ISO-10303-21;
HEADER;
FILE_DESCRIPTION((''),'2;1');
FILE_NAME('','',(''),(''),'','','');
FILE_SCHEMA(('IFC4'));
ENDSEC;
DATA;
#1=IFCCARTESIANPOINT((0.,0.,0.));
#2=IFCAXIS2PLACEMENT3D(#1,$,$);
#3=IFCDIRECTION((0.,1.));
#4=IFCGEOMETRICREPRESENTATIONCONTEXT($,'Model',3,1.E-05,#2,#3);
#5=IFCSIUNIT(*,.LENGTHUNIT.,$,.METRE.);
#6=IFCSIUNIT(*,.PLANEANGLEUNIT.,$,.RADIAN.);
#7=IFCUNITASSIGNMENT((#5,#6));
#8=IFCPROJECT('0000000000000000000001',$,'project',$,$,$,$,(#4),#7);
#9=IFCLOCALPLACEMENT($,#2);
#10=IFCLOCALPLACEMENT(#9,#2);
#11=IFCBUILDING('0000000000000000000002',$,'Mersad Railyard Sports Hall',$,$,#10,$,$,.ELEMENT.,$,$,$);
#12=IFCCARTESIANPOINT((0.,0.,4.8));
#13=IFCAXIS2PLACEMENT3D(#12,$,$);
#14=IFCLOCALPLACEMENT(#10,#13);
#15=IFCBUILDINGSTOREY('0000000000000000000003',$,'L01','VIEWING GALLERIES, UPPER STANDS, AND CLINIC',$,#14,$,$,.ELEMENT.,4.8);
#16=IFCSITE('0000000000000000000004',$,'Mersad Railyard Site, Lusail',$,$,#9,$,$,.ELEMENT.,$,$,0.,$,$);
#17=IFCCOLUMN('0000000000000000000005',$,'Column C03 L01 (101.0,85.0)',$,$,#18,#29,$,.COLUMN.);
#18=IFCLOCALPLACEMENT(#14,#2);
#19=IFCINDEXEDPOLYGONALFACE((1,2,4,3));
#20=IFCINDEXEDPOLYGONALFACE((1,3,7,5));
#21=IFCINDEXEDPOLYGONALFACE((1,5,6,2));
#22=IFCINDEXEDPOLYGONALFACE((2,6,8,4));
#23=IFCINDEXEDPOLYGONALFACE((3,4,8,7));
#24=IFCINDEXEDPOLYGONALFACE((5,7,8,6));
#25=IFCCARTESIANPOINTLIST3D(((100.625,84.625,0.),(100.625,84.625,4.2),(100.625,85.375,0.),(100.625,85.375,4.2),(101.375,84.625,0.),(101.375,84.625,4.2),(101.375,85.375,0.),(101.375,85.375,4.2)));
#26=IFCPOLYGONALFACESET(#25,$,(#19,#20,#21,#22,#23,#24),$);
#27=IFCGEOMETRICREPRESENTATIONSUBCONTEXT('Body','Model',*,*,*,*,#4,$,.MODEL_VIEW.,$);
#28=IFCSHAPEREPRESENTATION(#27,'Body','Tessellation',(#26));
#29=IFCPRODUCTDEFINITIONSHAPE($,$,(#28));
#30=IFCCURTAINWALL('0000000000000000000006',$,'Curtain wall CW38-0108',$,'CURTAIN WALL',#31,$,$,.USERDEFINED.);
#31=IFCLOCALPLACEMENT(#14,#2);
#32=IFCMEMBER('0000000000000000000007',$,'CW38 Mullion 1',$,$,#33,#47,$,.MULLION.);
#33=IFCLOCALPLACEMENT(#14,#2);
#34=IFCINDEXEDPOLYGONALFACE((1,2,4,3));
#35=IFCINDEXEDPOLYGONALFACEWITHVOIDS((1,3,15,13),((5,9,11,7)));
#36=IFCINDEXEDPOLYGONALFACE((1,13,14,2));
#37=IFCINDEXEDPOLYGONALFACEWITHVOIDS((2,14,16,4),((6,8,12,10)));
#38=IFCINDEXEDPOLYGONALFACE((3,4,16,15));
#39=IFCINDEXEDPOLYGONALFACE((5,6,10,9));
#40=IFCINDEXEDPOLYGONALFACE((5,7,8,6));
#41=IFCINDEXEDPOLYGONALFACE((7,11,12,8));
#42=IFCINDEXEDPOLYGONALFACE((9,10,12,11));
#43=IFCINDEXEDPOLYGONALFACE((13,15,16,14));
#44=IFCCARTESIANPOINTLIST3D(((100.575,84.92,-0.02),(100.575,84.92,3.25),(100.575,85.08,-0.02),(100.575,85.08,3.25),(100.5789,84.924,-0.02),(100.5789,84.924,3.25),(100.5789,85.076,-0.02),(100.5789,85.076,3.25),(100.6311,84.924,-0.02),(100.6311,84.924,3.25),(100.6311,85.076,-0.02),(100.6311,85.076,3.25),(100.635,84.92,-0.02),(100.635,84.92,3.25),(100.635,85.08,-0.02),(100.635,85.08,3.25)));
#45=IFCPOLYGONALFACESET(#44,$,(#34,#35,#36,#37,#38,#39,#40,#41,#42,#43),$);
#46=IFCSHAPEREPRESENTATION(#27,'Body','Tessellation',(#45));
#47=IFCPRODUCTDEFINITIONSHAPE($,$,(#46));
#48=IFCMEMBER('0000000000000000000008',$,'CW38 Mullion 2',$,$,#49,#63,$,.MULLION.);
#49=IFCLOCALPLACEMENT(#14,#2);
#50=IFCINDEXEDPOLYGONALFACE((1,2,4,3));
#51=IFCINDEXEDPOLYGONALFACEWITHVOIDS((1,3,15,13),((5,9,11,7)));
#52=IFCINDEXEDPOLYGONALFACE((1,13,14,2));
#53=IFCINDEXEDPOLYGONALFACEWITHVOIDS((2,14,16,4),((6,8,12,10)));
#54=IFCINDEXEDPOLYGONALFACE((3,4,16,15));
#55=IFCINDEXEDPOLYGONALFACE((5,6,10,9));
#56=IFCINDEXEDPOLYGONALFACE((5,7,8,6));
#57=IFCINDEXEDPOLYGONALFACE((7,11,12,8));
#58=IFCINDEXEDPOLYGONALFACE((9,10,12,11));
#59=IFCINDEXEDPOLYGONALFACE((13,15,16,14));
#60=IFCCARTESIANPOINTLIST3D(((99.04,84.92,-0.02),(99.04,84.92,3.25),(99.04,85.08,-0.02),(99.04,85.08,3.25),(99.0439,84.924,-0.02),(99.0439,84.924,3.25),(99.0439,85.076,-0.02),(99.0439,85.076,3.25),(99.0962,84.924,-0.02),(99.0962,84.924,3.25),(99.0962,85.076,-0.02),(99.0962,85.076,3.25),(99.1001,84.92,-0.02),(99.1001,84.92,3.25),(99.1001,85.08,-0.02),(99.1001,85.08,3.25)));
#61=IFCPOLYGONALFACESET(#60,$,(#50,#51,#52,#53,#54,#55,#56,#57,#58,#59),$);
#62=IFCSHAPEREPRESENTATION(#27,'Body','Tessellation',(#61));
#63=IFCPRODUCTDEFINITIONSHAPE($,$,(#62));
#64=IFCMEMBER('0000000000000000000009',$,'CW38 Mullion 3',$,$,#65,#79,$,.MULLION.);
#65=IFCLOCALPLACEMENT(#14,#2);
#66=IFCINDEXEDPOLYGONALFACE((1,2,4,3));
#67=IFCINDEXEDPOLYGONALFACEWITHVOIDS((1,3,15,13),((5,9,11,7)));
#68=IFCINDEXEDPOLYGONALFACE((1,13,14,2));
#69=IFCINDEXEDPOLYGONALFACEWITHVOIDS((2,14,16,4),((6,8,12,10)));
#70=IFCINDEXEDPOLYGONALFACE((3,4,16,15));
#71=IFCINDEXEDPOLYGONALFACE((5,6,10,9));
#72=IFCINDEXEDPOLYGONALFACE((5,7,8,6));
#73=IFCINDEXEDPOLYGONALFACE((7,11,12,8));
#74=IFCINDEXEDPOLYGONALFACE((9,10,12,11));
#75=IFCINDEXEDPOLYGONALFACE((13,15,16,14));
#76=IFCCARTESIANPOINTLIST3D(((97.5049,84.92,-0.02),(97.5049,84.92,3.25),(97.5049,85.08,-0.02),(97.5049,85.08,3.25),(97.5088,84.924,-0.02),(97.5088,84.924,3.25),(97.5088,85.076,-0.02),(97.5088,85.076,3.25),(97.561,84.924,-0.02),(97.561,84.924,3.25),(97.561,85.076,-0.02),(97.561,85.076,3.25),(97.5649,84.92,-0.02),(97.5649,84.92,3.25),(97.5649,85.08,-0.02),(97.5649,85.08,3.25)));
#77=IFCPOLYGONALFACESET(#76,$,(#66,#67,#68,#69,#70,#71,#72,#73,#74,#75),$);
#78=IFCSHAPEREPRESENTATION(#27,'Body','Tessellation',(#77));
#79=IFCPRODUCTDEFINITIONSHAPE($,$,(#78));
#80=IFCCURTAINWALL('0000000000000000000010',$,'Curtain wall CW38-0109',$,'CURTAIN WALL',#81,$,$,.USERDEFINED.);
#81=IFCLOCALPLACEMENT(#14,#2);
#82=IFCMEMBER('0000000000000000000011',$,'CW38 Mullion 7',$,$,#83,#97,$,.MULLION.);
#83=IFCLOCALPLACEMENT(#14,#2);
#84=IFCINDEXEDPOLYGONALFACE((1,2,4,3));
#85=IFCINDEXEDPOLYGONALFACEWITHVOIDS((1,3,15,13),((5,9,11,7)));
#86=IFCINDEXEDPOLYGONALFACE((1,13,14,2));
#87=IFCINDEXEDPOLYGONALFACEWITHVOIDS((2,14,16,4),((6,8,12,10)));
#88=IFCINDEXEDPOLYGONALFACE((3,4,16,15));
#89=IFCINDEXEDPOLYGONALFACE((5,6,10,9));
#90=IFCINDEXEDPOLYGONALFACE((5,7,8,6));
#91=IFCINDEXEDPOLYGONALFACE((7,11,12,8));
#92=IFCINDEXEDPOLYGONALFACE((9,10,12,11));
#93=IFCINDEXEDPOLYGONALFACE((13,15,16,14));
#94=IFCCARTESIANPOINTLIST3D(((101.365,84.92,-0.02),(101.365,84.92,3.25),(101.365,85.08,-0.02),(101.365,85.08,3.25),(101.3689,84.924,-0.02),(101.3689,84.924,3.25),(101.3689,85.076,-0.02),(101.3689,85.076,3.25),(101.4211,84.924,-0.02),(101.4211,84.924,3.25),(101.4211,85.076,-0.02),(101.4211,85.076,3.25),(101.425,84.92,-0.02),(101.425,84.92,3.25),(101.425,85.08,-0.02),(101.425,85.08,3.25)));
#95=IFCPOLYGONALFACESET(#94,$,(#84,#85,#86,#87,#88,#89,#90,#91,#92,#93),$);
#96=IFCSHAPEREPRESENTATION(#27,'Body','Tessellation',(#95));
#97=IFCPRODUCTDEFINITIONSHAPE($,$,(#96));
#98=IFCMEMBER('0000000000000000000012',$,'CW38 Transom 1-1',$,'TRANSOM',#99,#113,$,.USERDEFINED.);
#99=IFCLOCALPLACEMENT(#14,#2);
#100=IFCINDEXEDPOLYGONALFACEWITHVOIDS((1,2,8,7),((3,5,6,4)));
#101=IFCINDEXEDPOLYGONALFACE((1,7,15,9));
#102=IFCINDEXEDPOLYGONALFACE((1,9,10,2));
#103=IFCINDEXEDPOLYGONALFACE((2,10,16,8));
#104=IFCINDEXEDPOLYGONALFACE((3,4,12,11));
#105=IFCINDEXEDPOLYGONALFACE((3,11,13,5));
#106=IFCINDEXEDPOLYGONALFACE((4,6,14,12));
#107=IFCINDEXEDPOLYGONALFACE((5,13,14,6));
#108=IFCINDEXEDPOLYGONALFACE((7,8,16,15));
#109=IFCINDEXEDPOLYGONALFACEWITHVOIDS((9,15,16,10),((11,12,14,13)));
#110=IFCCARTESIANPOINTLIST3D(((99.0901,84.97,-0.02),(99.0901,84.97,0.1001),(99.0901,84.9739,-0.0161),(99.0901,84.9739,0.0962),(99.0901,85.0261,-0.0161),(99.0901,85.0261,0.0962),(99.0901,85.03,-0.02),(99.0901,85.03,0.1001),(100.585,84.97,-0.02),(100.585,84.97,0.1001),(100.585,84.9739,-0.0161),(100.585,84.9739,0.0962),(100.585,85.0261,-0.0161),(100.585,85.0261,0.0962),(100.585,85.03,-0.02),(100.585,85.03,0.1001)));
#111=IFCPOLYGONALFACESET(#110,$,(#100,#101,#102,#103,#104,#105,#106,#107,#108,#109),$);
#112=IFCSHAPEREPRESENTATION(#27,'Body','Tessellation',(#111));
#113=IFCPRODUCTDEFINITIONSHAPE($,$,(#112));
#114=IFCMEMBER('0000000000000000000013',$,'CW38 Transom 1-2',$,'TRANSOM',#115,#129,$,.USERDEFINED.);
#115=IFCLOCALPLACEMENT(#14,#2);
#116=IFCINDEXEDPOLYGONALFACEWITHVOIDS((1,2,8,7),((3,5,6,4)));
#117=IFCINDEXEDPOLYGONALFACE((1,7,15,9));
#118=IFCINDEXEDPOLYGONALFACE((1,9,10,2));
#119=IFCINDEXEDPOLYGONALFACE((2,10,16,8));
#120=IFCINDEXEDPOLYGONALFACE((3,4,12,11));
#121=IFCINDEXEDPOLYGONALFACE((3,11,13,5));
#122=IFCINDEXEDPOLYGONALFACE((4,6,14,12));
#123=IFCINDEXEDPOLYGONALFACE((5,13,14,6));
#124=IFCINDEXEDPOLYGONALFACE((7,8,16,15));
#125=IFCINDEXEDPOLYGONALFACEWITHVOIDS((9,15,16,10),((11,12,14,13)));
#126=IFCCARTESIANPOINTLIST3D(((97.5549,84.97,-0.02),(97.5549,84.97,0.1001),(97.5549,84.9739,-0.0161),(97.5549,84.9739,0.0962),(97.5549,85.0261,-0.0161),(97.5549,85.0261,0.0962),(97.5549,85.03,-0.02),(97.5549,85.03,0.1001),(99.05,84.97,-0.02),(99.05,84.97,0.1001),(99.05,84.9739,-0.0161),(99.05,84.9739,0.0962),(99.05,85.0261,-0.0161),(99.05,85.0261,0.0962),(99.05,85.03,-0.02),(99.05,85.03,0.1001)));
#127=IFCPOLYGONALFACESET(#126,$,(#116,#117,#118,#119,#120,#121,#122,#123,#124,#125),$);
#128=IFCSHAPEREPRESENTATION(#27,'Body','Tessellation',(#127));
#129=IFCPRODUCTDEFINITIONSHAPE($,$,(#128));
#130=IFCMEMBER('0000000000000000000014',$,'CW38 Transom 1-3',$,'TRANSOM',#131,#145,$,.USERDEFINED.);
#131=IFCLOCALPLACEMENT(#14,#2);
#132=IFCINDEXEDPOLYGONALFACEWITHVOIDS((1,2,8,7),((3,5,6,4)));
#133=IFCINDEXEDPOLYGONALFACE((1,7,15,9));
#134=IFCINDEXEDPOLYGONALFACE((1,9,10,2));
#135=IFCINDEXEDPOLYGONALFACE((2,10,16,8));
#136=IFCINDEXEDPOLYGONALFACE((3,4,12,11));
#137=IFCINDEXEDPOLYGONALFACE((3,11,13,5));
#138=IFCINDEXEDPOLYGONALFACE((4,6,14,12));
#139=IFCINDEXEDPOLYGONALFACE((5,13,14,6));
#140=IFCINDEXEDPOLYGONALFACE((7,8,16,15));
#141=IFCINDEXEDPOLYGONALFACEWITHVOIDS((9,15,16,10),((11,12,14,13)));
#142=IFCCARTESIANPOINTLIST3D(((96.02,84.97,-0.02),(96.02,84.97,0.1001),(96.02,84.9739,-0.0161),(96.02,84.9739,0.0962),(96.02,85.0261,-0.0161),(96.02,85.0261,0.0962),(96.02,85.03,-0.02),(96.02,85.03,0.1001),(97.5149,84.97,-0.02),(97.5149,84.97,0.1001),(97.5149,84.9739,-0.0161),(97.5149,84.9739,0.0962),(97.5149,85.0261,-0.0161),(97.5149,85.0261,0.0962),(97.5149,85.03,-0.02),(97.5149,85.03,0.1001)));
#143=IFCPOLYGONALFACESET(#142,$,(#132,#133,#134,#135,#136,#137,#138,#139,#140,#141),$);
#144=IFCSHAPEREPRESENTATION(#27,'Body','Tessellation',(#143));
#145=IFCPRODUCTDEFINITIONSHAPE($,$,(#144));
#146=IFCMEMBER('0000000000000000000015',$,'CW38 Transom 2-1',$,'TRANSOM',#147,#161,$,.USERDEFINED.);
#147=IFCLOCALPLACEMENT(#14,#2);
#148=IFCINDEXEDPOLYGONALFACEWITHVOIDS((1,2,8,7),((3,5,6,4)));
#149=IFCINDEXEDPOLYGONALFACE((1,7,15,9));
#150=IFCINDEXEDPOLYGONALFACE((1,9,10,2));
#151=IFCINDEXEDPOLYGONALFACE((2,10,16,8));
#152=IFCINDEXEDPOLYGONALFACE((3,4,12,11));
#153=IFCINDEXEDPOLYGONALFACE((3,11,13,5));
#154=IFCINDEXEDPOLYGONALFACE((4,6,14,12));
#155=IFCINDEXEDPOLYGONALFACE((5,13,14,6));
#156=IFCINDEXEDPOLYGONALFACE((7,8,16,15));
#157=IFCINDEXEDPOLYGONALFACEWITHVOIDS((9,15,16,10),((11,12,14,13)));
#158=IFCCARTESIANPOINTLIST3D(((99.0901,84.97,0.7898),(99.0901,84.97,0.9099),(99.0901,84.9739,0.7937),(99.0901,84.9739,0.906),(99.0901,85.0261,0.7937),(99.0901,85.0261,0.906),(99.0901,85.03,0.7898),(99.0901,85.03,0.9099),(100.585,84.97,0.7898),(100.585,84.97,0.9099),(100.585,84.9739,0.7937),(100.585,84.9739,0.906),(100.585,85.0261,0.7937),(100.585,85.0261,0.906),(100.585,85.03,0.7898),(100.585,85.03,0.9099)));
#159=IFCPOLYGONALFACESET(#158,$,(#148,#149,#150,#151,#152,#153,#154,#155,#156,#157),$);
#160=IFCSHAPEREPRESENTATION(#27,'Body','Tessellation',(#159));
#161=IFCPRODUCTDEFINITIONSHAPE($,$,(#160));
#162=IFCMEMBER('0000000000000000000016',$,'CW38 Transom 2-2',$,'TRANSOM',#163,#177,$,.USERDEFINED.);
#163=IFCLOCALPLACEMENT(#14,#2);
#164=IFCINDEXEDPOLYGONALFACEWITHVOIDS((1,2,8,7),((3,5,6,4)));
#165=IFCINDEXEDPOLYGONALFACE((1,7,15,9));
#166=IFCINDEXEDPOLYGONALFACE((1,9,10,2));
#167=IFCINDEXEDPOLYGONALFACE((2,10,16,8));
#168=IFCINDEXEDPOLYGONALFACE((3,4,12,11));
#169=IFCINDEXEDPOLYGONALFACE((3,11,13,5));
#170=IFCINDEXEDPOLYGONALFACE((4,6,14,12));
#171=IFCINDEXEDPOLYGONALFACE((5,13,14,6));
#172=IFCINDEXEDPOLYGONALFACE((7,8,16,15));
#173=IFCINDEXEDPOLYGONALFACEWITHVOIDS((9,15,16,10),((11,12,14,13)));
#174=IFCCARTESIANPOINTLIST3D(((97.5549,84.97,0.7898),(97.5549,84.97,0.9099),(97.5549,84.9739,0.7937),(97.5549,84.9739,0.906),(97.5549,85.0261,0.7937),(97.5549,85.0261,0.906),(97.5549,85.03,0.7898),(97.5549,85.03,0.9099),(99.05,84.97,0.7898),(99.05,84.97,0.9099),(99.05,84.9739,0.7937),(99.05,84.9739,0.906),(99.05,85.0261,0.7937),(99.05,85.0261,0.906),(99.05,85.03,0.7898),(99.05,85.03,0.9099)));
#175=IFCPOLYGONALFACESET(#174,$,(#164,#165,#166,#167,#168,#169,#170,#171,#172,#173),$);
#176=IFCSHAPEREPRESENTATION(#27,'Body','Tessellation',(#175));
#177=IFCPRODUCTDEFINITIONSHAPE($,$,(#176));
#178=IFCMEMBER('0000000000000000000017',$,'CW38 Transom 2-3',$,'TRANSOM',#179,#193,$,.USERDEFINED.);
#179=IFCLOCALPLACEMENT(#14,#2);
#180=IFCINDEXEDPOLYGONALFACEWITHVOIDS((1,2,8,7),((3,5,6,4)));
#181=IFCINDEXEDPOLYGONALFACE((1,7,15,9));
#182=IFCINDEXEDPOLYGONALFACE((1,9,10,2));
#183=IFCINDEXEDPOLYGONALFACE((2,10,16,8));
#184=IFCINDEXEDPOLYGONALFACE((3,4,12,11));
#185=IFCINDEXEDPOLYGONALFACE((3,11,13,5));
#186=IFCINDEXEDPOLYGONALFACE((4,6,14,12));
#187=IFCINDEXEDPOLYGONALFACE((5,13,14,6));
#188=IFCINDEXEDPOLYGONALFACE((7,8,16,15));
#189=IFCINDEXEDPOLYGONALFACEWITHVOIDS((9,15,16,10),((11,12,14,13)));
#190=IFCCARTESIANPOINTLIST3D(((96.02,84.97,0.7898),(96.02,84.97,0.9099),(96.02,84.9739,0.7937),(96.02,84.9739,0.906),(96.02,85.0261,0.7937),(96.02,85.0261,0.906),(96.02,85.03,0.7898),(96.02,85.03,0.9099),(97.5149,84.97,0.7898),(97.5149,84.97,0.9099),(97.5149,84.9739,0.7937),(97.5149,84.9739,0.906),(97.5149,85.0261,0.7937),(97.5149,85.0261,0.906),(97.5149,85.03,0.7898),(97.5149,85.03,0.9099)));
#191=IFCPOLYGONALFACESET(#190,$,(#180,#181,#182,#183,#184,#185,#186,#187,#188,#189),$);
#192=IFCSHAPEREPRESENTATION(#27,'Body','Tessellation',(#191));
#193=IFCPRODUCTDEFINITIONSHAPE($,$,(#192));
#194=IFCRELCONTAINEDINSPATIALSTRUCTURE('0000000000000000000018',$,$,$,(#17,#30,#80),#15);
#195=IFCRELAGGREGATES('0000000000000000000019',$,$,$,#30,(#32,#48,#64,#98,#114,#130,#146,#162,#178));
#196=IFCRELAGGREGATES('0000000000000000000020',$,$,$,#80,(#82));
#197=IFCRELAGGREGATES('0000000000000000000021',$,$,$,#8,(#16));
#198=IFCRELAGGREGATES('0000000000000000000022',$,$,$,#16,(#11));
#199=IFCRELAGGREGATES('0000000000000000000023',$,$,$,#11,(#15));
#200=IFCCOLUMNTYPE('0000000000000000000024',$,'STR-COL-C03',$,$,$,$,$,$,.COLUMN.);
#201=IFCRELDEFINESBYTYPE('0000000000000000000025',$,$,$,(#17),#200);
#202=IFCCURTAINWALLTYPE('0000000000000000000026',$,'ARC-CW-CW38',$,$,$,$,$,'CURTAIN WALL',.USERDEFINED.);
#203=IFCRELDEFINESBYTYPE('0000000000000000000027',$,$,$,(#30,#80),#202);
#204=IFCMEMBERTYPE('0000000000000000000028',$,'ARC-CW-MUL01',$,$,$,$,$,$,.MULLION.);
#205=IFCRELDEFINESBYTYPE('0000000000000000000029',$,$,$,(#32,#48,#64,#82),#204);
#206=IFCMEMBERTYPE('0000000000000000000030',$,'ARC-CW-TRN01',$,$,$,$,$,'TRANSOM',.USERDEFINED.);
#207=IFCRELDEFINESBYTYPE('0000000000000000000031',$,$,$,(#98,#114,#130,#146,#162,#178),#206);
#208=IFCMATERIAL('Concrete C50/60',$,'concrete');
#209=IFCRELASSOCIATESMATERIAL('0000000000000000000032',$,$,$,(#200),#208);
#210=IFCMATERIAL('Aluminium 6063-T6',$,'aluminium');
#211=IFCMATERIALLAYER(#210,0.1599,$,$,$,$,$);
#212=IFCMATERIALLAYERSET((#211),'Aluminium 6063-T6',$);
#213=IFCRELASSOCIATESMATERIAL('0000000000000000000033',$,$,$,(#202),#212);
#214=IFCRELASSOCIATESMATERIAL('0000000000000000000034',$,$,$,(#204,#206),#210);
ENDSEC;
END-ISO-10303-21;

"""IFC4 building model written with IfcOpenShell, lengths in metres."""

from ifc_helpers import new_model, si_unit, direction, frame, origin, origin_2d, place, context, subcontext, project, spatial, rectangle, hollow_rectangle, extrude, material, layer, layer_set, material_profile, profile_set, type_object, element, aggregate, save


model = new_model("IFC4")

# Units and contexts
model_context = context("Model", 3, precision=1e-05, world=origin(), true_north=direction((0.0, 1.0)))
body_context = subcontext(model_context, "Body", "Model", "MODEL_VIEW")
ifc_project = project(units=[si_unit("LENGTHUNIT", "METRE"), si_unit("PLANEANGLEUNIT", "RADIAN")], contexts=[model_context])

# Site, building, storey
site_placement = place(None, origin())
site = spatial("IfcSite", under=ifc_project, at=site_placement, Name="Mersad Railyard Site, Lusail", CompositionType="ELEMENT", RefElevation=0.0)
building_placement = place(site_placement, origin())
building = spatial("IfcBuilding", under=site, at=building_placement, Name="Mersad Railyard Sports Hall", CompositionType="ELEMENT")
storey_placement = place(building_placement, frame((0.0, 0.0, 4.8)))
storey = spatial("IfcBuildingStorey", under=building, at=storey_placement, Name="L01", Description="VIEWING GALLERIES, UPPER STANDS, AND CLINIC", CompositionType="ELEMENT", Elevation=4.8)

# Column
ifc_material_1 = material(Name="Concrete C50/60", Category="concrete")
ifc_material_profile_1 = material_profile(ifc_material_1, rectangle(XDim=0.75, YDim=0.75, at=origin_2d()), Name="RC 750x750")
ifc_profile_set_1 = profile_set([ifc_material_profile_1], Name="Concrete C50/60")
column_type = type_object("IfcColumnType", Name="STR-COL-C03", PredefinedType="COLUMN", material=ifc_profile_set_1)
column_placement = place(storey_placement, frame((101.0, 85.0, 0.0), z_axis=(0.0, 0.0, 1.0), x_axis=(1.0, 0.0, 0.0)))
element("IfcColumn", 1, at=column_placement, inside=storey, type_object=column_type, Name="Column C03 L01 (101.0,85.0)", PredefinedType="COLUMN", context=body_context, shape_type="SweptSolid", body=[
    extrude(rectangle(XDim=0.75, YDim=0.75, at=origin_2d()), origin(), (0.0, 0.0, 1.0), 4.2),
])

# Curtain wall, members
ifc_material_2 = material(Name="Aluminium 6063-T6", Category="aluminium")
ifc_layer_1 = layer(ifc_material_2, 0.1599)
ifc_layer_set_1 = layer_set([ifc_layer_1], Name="Aluminium 6063-T6")
curtain_wall_type = type_object("IfcCurtainWallType", Name="ARC-CW-CW38", ElementType="CURTAIN WALL", PredefinedType="USERDEFINED", material=ifc_layer_set_1)
curtain_wall_1_placement = place(storey_placement, origin())
curtain_wall_1 = element("IfcCurtainWall", 2, at=curtain_wall_1_placement, inside=storey, type_object=curtain_wall_type, Name="Curtain wall CW38-0108", ObjectType="CURTAIN WALL", PredefinedType="USERDEFINED")
ifc_material_profile_2 = material_profile(ifc_material_2, hollow_rectangle(XDim=0.0601, YDim=0.1599, WallThickness=0.0039, at=origin_2d()), Name="AL MULLION 60x160x4")
ifc_profile_set_2 = profile_set([ifc_material_profile_2], Name="Aluminium 6063-T6")
member_type_1 = type_object("IfcMemberType", Name="ARC-CW-MUL01", PredefinedType="MULLION", material=ifc_profile_set_2)
member_1_placement = place(storey_placement, frame((100.605, 85.0, -0.02), z_axis=(0.0, 0.0, 1.0), x_axis=(1.0, 0.0, 0.0)))
member_1 = element("IfcMember", 3, at=member_1_placement, type_object=member_type_1, Name="CW38 Mullion 1", PredefinedType="MULLION", context=body_context, shape_type="SweptSolid", body=[
    extrude(hollow_rectangle(XDim=0.0601, YDim=0.1599, WallThickness=0.0039, at=origin_2d()), origin(), (0.0, 0.0, 1.0), 3.27),
])
member_2_placement = place(storey_placement, frame((99.0701, 85.0, -0.02), z_axis=(0.0, 0.0, 1.0), x_axis=(1.0, 0.0, 0.0)))
member_2 = element("IfcMember", 4, at=member_2_placement, type_object=member_type_1, Name="CW38 Mullion 2", PredefinedType="MULLION", context=body_context, shape_type="SweptSolid", body=[
    extrude(hollow_rectangle(XDim=0.0601, YDim=0.1599, WallThickness=0.0039, at=origin_2d()), origin(), (0.0, 0.0, 1.0), 3.27),
])
member_3_placement = place(storey_placement, frame((97.5349, 85.0, -0.02), z_axis=(0.0, 0.0, 1.0), x_axis=(1.0, 0.0, 0.0)))
member_3 = element("IfcMember", 5, at=member_3_placement, type_object=member_type_1, Name="CW38 Mullion 3", PredefinedType="MULLION", context=body_context, shape_type="SweptSolid", body=[
    extrude(hollow_rectangle(XDim=0.0601, YDim=0.1599, WallThickness=0.0039, at=origin_2d()), origin(), (0.0, 0.0, 1.0), 3.27),
])

# Curtain wall, member
curtain_wall_2_placement = place(storey_placement, origin())
curtain_wall_2 = element("IfcCurtainWall", 6, at=curtain_wall_2_placement, inside=storey, type_object=curtain_wall_type, Name="Curtain wall CW38-0109", ObjectType="CURTAIN WALL", PredefinedType="USERDEFINED")
member_4_placement = place(storey_placement, frame((101.395, 85.0, -0.02), z_axis=(0.0, 0.0, 1.0), x_axis=(1.0, 0.0, 0.0)))
member_4 = element("IfcMember", 7, at=member_4_placement, type_object=member_type_1, Name="CW38 Mullion 7", PredefinedType="MULLION", context=body_context, shape_type="SweptSolid", body=[
    extrude(hollow_rectangle(XDim=0.0601, YDim=0.1599, WallThickness=0.0039, at=origin_2d()), origin(), (0.0, 0.0, 1.0), 3.27),
])

# Members
ifc_material_profile_3 = material_profile(ifc_material_2, hollow_rectangle(XDim=0.0601, YDim=0.1201, WallThickness=0.0039, at=origin_2d()), Name="AL TRANSOM 60x120x4")
ifc_profile_set_3 = profile_set([ifc_material_profile_3], Name="Aluminium 6063-T6")
member_type_2 = type_object("IfcMemberType", Name="ARC-CW-TRN01", ElementType="TRANSOM", PredefinedType="USERDEFINED", material=ifc_profile_set_3)
member_5_placement = place(storey_placement, frame((100.585, 85.0, 0.04), z_axis=(-1.0, 0.0, 0.0), x_axis=(0.0, -1.0, 0.0)))
member_5 = element("IfcMember", 8, at=member_5_placement, type_object=member_type_2, Name="CW38 Transom 1-1", ObjectType="TRANSOM", PredefinedType="USERDEFINED", context=body_context, shape_type="SweptSolid", body=[
    extrude(hollow_rectangle(XDim=0.0601, YDim=0.1201, WallThickness=0.0039, at=origin_2d()), origin(), (0.0, 0.0, 1.0), 1.4949),
])
member_6_placement = place(storey_placement, frame((99.05, 85.0, 0.04), z_axis=(-1.0, 0.0, 0.0), x_axis=(0.0, -1.0, 0.0)))
member_6 = element("IfcMember", 9, at=member_6_placement, type_object=member_type_2, Name="CW38 Transom 1-2", ObjectType="TRANSOM", PredefinedType="USERDEFINED", context=body_context, shape_type="SweptSolid", body=[
    extrude(hollow_rectangle(XDim=0.0601, YDim=0.1201, WallThickness=0.0039, at=origin_2d()), origin(), (0.0, 0.0, 1.0), 1.4951),
])
member_7_placement = place(storey_placement, frame((97.5149, 85.0, 0.04), z_axis=(-1.0, 0.0, 0.0), x_axis=(0.0, -1.0, 0.0)))
member_7 = element("IfcMember", 10, at=member_7_placement, type_object=member_type_2, Name="CW38 Transom 1-3", ObjectType="TRANSOM", PredefinedType="USERDEFINED", context=body_context, shape_type="SweptSolid", body=[
    extrude(hollow_rectangle(XDim=0.0601, YDim=0.1201, WallThickness=0.0039, at=origin_2d()), origin(), (0.0, 0.0, 1.0), 1.4949),
])
member_8_placement = place(storey_placement, frame((100.585, 85.0, 0.8499), z_axis=(-1.0, 0.0, 0.0), x_axis=(0.0, -1.0, 0.0)))
member_8 = element("IfcMember", 11, at=member_8_placement, type_object=member_type_2, Name="CW38 Transom 2-1", ObjectType="TRANSOM", PredefinedType="USERDEFINED", context=body_context, shape_type="SweptSolid", body=[
    extrude(hollow_rectangle(XDim=0.0601, YDim=0.1201, WallThickness=0.0039, at=origin_2d()), origin(), (0.0, 0.0, 1.0), 1.4949),
])
member_9_placement = place(storey_placement, frame((99.05, 85.0, 0.8499), z_axis=(-1.0, 0.0, 0.0), x_axis=(0.0, -1.0, 0.0)))
member_9 = element("IfcMember", 12, at=member_9_placement, type_object=member_type_2, Name="CW38 Transom 2-2", ObjectType="TRANSOM", PredefinedType="USERDEFINED", context=body_context, shape_type="SweptSolid", body=[
    extrude(hollow_rectangle(XDim=0.0601, YDim=0.1201, WallThickness=0.0039, at=origin_2d()), origin(), (0.0, 0.0, 1.0), 1.4951),
])
member_10_placement = place(storey_placement, frame((97.5149, 85.0, 0.8499), z_axis=(-1.0, 0.0, 0.0), x_axis=(0.0, -1.0, 0.0)))
member_10 = element("IfcMember", 13, at=member_10_placement, type_object=member_type_2, Name="CW38 Transom 2-3", ObjectType="TRANSOM", PredefinedType="USERDEFINED", context=body_context, shape_type="SweptSolid", body=[
    extrude(hollow_rectangle(XDim=0.0601, YDim=0.1201, WallThickness=0.0039, at=origin_2d()), origin(), (0.0, 0.0, 1.0), 1.4949),
])

aggregate(curtain_wall_1, [member_1, member_2, member_3, member_5, member_6, member_7, member_8, member_9, member_10])
aggregate(curtain_wall_2, [member_4])

save(model, "model.ifc")
